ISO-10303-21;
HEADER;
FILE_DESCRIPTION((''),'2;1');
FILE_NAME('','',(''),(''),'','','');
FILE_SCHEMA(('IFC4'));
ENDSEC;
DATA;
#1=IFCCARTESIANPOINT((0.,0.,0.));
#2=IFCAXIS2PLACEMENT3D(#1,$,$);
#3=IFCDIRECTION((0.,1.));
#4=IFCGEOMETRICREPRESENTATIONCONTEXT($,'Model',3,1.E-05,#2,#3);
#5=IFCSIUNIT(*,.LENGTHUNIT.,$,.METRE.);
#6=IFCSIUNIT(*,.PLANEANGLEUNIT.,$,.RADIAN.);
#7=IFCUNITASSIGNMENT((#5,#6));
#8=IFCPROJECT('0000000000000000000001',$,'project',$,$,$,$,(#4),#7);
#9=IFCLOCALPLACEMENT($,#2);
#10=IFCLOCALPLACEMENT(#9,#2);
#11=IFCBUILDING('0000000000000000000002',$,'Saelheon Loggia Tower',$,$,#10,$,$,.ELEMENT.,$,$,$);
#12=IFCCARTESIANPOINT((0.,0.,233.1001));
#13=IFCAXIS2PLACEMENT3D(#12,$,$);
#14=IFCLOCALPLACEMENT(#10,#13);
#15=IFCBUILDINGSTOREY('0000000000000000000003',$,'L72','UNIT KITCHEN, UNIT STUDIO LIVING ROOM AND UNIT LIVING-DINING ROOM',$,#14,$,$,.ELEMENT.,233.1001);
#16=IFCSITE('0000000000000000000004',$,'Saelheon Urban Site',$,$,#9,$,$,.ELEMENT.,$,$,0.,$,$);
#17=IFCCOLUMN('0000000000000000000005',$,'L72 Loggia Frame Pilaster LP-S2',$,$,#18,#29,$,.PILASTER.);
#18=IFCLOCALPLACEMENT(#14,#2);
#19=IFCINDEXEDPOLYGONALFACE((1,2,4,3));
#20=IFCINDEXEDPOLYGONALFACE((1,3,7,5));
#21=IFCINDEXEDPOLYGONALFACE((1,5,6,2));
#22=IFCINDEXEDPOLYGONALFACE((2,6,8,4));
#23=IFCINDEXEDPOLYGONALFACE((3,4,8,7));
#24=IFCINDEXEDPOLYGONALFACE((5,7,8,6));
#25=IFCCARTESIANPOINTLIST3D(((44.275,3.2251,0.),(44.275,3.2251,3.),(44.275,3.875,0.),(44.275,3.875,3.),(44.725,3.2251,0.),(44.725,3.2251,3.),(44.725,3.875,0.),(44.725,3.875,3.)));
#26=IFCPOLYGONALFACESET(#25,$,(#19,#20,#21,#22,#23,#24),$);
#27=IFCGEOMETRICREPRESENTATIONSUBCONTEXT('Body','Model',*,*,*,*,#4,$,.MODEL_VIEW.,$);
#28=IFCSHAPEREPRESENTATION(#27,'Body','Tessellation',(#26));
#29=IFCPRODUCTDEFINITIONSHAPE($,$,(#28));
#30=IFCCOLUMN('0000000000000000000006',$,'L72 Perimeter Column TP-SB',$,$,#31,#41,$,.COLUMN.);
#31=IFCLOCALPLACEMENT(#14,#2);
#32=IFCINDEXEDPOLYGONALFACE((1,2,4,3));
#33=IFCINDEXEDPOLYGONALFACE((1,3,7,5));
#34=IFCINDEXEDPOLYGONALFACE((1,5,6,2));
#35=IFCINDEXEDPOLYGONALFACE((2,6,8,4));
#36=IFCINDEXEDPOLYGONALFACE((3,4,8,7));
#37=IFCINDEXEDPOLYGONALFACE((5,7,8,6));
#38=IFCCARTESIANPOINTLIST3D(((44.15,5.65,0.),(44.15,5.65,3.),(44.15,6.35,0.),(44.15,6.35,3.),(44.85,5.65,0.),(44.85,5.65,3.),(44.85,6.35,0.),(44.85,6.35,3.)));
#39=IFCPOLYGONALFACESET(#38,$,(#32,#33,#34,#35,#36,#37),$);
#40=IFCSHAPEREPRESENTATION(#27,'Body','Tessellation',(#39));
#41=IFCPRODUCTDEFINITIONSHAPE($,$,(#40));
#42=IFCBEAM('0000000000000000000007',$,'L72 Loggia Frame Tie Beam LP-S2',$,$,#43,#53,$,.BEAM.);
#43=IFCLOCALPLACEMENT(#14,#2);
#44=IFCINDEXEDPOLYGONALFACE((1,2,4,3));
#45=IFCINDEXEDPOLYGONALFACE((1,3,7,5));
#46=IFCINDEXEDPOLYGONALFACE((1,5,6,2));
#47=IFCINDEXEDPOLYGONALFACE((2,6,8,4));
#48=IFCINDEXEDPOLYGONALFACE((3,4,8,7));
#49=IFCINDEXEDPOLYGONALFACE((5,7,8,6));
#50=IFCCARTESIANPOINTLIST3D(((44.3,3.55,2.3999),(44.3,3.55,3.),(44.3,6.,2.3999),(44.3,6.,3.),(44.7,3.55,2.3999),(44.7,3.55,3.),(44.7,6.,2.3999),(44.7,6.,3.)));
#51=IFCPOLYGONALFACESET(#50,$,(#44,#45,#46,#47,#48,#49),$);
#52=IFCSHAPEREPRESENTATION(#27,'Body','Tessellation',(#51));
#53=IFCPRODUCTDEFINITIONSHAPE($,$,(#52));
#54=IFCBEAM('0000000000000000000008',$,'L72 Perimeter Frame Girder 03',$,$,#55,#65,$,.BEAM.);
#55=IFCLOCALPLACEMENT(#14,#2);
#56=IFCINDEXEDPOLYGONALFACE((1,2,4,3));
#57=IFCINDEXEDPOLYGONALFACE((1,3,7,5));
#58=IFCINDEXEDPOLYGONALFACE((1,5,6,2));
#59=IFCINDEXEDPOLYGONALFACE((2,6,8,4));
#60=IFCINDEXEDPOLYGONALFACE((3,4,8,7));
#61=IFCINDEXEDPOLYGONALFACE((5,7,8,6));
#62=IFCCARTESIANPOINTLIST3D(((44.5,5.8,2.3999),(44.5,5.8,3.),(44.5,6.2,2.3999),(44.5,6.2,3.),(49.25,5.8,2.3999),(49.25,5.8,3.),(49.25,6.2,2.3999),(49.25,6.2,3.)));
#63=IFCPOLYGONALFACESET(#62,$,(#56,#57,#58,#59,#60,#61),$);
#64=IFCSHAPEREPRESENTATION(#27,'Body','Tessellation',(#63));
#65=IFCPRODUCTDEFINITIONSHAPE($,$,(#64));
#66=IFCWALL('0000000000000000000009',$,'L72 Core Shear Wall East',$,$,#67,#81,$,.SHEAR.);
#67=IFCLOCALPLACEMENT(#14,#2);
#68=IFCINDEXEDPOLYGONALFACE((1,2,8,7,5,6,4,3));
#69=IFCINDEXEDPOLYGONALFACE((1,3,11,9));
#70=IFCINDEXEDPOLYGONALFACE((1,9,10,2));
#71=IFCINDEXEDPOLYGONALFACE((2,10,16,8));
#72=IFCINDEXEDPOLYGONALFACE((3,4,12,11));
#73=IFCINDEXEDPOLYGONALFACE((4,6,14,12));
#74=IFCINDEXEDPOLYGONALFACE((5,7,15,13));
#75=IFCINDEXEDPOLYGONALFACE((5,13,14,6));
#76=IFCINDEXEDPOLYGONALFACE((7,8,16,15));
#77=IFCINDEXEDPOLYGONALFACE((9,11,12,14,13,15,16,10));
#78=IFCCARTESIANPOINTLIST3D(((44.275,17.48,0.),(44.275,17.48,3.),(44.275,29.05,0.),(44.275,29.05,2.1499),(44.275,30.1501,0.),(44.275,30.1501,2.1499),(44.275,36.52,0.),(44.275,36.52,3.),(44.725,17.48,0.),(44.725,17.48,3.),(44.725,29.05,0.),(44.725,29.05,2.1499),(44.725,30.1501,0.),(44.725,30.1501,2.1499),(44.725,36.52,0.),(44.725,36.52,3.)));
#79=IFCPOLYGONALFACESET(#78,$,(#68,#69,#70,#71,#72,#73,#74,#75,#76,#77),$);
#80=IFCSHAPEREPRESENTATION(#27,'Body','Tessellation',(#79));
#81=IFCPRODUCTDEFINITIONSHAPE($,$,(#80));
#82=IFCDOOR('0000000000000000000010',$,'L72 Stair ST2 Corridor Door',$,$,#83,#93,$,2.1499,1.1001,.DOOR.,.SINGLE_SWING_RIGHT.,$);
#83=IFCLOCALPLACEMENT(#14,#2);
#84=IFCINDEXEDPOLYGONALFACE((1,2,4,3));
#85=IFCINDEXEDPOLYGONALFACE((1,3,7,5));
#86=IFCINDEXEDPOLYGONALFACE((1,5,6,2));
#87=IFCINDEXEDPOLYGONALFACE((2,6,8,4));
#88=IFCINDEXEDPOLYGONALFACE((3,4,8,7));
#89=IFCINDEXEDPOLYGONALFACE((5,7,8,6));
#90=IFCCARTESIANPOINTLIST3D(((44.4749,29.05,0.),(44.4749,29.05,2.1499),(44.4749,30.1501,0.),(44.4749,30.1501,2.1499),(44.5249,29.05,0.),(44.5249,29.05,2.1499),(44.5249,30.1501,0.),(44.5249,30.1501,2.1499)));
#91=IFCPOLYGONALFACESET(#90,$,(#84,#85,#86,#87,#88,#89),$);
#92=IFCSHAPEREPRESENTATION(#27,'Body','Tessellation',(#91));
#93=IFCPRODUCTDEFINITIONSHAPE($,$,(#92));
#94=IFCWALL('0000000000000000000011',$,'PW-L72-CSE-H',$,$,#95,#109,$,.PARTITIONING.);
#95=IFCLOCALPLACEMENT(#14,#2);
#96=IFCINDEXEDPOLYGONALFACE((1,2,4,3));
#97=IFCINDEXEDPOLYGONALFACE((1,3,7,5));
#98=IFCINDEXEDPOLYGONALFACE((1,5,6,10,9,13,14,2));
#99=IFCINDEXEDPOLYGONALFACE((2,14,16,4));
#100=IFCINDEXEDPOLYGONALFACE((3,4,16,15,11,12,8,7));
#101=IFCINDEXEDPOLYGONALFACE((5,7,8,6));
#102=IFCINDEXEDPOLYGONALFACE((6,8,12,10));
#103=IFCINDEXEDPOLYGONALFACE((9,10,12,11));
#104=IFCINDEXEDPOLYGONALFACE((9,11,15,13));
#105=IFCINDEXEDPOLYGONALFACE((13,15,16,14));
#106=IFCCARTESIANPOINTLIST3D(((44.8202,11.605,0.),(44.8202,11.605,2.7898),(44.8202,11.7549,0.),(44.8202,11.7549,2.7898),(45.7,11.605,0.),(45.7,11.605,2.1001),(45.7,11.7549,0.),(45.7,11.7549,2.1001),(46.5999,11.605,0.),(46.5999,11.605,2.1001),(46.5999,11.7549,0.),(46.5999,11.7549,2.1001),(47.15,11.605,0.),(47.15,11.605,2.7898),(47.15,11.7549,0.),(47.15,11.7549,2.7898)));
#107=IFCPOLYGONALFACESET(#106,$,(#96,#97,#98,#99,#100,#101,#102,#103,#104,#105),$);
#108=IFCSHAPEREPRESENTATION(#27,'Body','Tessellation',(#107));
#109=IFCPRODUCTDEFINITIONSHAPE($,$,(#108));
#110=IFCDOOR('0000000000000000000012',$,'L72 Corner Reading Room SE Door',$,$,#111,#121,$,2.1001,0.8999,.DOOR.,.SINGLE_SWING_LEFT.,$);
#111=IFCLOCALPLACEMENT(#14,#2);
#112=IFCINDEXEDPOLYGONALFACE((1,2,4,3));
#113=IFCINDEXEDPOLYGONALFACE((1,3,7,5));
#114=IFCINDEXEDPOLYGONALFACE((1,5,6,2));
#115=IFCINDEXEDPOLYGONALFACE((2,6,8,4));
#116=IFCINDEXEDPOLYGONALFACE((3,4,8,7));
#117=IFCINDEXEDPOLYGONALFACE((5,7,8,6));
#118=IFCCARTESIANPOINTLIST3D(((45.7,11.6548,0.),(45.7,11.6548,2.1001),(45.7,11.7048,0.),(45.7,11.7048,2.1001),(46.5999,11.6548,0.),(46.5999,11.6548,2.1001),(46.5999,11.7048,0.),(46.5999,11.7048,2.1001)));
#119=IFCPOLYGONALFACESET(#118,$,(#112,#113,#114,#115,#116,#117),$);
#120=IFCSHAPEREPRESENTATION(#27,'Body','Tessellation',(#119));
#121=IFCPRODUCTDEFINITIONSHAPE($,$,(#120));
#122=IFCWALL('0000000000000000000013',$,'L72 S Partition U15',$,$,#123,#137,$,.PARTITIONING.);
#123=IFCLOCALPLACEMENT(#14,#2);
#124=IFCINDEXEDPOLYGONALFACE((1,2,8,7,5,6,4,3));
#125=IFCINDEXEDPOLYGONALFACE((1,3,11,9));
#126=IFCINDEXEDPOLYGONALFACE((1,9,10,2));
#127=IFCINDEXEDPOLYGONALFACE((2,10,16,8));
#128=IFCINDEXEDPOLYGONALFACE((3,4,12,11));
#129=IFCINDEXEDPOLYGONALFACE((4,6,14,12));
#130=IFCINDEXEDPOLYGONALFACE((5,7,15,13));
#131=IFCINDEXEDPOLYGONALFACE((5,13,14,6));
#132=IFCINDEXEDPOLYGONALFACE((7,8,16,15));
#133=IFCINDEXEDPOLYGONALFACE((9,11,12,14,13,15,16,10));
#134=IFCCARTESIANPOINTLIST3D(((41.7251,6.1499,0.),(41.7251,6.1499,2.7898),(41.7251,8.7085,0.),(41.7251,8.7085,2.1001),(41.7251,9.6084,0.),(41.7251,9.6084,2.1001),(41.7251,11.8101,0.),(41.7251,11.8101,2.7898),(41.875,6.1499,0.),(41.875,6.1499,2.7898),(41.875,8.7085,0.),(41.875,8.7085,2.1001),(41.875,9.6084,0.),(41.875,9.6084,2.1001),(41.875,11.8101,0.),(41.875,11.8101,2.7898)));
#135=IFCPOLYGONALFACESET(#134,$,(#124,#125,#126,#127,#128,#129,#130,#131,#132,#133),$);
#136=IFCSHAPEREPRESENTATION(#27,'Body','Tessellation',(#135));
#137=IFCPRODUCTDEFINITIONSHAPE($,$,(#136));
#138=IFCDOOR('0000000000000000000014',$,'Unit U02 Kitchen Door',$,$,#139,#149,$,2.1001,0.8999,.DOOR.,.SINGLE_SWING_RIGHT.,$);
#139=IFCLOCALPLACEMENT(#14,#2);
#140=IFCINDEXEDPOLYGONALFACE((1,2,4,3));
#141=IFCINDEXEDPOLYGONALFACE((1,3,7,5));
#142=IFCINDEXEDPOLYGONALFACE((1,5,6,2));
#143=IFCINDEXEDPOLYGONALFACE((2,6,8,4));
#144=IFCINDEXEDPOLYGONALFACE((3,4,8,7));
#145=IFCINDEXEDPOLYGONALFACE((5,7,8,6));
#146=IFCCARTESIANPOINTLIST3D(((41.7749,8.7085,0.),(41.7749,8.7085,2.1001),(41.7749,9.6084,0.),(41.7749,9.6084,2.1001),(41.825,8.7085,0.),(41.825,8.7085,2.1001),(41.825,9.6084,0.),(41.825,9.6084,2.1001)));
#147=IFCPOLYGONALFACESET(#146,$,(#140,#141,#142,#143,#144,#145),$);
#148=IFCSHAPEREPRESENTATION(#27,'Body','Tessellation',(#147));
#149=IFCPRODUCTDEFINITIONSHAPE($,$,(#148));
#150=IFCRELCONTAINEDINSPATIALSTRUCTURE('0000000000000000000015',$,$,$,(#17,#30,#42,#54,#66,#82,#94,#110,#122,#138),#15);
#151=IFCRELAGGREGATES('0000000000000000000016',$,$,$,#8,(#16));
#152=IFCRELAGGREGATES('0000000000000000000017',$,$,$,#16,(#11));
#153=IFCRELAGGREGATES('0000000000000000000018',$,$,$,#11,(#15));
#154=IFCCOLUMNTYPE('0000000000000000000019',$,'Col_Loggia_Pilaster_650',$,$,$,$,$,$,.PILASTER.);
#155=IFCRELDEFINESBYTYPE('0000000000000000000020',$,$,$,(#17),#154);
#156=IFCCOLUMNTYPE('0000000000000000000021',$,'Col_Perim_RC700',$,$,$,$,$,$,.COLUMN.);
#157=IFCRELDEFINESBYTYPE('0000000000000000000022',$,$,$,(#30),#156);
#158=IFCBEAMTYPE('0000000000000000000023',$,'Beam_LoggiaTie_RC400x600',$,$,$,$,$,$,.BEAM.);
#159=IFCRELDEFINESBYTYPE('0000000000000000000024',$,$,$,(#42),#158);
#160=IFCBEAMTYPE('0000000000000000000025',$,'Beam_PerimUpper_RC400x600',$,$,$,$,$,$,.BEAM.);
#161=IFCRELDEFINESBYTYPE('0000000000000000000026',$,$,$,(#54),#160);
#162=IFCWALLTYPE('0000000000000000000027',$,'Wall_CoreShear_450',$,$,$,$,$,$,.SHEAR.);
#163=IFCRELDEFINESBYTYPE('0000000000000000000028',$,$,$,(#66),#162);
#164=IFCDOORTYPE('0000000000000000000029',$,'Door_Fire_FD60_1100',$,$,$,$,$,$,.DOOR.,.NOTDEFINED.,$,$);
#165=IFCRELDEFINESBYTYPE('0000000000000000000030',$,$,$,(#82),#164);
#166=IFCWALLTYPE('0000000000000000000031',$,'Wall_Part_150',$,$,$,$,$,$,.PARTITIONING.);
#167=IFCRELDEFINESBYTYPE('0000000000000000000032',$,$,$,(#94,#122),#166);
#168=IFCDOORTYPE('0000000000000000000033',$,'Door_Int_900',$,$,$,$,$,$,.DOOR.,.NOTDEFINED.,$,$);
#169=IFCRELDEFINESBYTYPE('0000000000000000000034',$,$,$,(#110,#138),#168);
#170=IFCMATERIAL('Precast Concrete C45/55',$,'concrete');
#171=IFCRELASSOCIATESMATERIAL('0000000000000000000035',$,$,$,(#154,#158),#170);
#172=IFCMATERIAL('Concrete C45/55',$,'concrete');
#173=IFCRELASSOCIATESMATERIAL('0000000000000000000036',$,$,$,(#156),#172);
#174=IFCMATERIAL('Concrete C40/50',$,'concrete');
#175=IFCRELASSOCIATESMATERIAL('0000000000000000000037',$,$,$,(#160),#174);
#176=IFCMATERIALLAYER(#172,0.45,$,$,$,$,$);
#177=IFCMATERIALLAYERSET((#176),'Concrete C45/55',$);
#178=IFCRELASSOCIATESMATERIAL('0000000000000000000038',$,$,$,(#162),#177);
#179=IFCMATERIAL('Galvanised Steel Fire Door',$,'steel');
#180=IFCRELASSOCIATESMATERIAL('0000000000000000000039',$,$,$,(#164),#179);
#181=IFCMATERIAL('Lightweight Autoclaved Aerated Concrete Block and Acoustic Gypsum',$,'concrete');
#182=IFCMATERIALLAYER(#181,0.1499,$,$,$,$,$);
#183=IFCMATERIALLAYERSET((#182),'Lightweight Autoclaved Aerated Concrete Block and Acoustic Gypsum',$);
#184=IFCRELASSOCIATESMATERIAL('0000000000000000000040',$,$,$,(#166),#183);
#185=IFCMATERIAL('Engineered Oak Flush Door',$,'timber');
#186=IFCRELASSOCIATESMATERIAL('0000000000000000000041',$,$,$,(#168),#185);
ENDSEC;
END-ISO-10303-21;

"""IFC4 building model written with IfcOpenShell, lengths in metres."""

from ifc_helpers import new_model, si_unit, direction, frame, frame_2d, origin, origin_2d, place, context, subcontext, project, spatial, rectangle, extrude, source, transform, mapped, material, layer, layer_set, material_profile, profile_set, type_object, element, fill, save


model = new_model("IFC4")

# Units and contexts
model_context = context("Model", 3, precision=1e-05, world=origin(), true_north=direction((0.0, 1.0)))
body_context = subcontext(model_context, "Body", "Model", "MODEL_VIEW")
ifc_project = project(units=[si_unit("LENGTHUNIT", "METRE"), si_unit("PLANEANGLEUNIT", "RADIAN")], contexts=[model_context])

# Site, building, storey
site_placement = place(None, origin())
site = spatial("IfcSite", under=ifc_project, at=site_placement, Name="Saelheon Urban Site", CompositionType="ELEMENT", RefElevation=0.0)
building_placement = place(site_placement, origin())
building = spatial("IfcBuilding", under=site, at=building_placement, Name="Saelheon Loggia Tower", CompositionType="ELEMENT")
storey_placement = place(building_placement, frame((0.0, 0.0, 233.1001)))
storey = spatial("IfcBuildingStorey", under=building, at=storey_placement, Name="L72", Description="UNIT KITCHEN, UNIT STUDIO LIVING ROOM AND UNIT LIVING-DINING ROOM", CompositionType="ELEMENT", Elevation=233.1001)

# Columns
ifc_material_1 = material(Name="Precast Concrete C45/55", Category="concrete")
ifc_material_profile_1 = material_profile(ifc_material_1, rectangle(XDim=0.45, YDim=0.6499, at=origin_2d()), Name="RC-450x650")
ifc_profile_set_1 = profile_set([ifc_material_profile_1], Name="Precast Concrete C45/55")
column_type_1 = type_object("IfcColumnType", Name="Col_Loggia_Pilaster_650", PredefinedType="PILASTER", material=ifc_profile_set_1)
shared_shape_1 = source(origin(), body_context, "Body", "SweptSolid", [
    extrude(rectangle(XDim=0.45, YDim=0.6499, at=origin_2d()), origin(), (0.0, 0.0, 1.0), 3.0),
])
column_1_placement = place(storey_placement, frame((44.5, 3.55, 0.0), z_axis=(0.0, 0.0, 1.0), x_axis=(1.0, 0.0, 0.0)))
element("IfcColumn", 1, at=column_1_placement, inside=storey, type_object=column_type_1, Name="L72 Loggia Frame Pilaster LP-S2", PredefinedType="PILASTER", context=body_context, shape_type="MappedRepresentation", body=[
    mapped(shared_shape_1, transform((0.0, 0.0, 0.0), scale=1.0)),
])
ifc_material_2 = material(Name="Concrete C45/55", Category="concrete")
ifc_material_profile_2 = material_profile(ifc_material_2, rectangle(XDim=0.7, YDim=0.7, at=origin_2d()), Name="RC-700x700")
ifc_profile_set_2 = profile_set([ifc_material_profile_2], Name="Concrete C45/55")
column_type_2 = type_object("IfcColumnType", Name="Col_Perim_RC700", PredefinedType="COLUMN", material=ifc_profile_set_2)
shared_shape_2 = source(origin(), body_context, "Body", "SweptSolid", [
    extrude(rectangle(XDim=0.7, YDim=0.7, at=origin_2d()), origin(), (0.0, 0.0, 1.0), 3.0),
])
column_2_placement = place(storey_placement, frame((44.5, 6.0, 0.0), z_axis=(0.0, 0.0, 1.0), x_axis=(1.0, 0.0, 0.0)))
element("IfcColumn", 2, at=column_2_placement, inside=storey, type_object=column_type_2, Name="L72 Perimeter Column TP-SB", PredefinedType="COLUMN", context=body_context, shape_type="MappedRepresentation", body=[
    mapped(shared_shape_2, transform((0.0, 0.0, 0.0), scale=1.0)),
])

# Beams
ifc_material_profile_3 = material_profile(ifc_material_1, rectangle(XDim=0.3999, YDim=0.6001, at=origin_2d()), Name="RC-400x600")
ifc_profile_set_3 = profile_set([ifc_material_profile_3], Name="Precast Concrete C45/55")
beam_type_1 = type_object("IfcBeamType", Name="Beam_LoggiaTie_RC400x600", PredefinedType="BEAM", material=ifc_profile_set_3)
shared_shape_3 = source(origin(), body_context, "Body", "SweptSolid", [
    extrude(rectangle(XDim=0.3999, YDim=0.6001, at=origin_2d()), origin(), (0.0, 0.0, 1.0), 2.45),
])
beam_1_placement = place(storey_placement, frame((44.5, 6.0, 2.7), z_axis=(0.0, -1.0, 0.0), x_axis=(1.0, 0.0, 0.0)))
element("IfcBeam", 3, at=beam_1_placement, inside=storey, type_object=beam_type_1, Name="L72 Loggia Frame Tie Beam LP-S2", PredefinedType="BEAM", context=body_context, shape_type="MappedRepresentation", body=[
    mapped(shared_shape_3, transform((0.0, 0.0, 0.0), scale=1.0)),
])
ifc_material_3 = material(Name="Concrete C40/50", Category="concrete")
ifc_material_profile_4 = material_profile(ifc_material_3, rectangle(XDim=0.3999, YDim=0.6001, at=origin_2d()), Name="RC-400x600")
ifc_profile_set_4 = profile_set([ifc_material_profile_4], Name="Concrete C40/50")
beam_type_2 = type_object("IfcBeamType", Name="Beam_PerimUpper_RC400x600", PredefinedType="BEAM", material=ifc_profile_set_4)
shared_shape_4 = source(origin(), body_context, "Body", "SweptSolid", [
    extrude(rectangle(XDim=0.3999, YDim=0.6001, at=origin_2d()), origin(), (0.0, 0.0, 1.0), 4.75),
])
beam_2_placement = place(storey_placement, frame((44.5, 6.0, 2.7), z_axis=(1.0, 0.0, 0.0), x_axis=(0.0, 1.0, 0.0)))
element("IfcBeam", 4, at=beam_2_placement, inside=storey, type_object=beam_type_2, Name="L72 Perimeter Frame Girder 03", PredefinedType="BEAM", context=body_context, shape_type="MappedRepresentation", body=[
    mapped(shared_shape_4, transform((0.0, 0.0, 0.0), scale=1.0)),
])

# Walls, openings, doors
ifc_layer_1 = layer(ifc_material_2, 0.45)
ifc_layer_set_1 = layer_set([ifc_layer_1], Name="Concrete C45/55")
wall_type_1 = type_object("IfcWallType", Name="Wall_CoreShear_450", PredefinedType="SHEAR", material=ifc_layer_set_1)
wall_1_placement = place(storey_placement, frame((44.5, 17.48, 0.0), z_axis=(0.0, 0.0, 1.0), x_axis=(0.0, 1.0, 0.0)))
wall_1 = element("IfcWall", 5, at=wall_1_placement, inside=storey, type_object=wall_type_1, Name="L72 Core Shear Wall East", PredefinedType="SHEAR", context=body_context, shape_type="SweptSolid", body=[
    extrude(rectangle(XDim=19.04, YDim=0.45, at=frame_2d((9.52, 0.0))), origin(), (0.0, 0.0, 1.0), 3.0),
])
opening_1_placement = place(wall_1_placement, frame((12.6702, 0.0, 0.0), z_axis=(0.0, 0.0, 1.0), x_axis=(-1.0, 0.0, 0.0)))
opening_1 = element("IfcOpeningElement", 6, at=opening_1_placement, cuts=wall_1, PredefinedType="OPENING", context=body_context, shape_type="SweptSolid", body=[
    extrude(rectangle(XDim=1.1001, YDim=2.1499, at=frame_2d((0.55, 1.075))), frame((0.0, 0.2371, 0.0), z_axis=(0.0, -1.0, 0.0), x_axis=(1.0, 0.0, 0.0)), (0.0, 0.0, 1.0), 0.4739),
])
ifc_material_4 = material(Name="Galvanised Steel Fire Door", Category="steel")
door_type_1 = type_object("IfcDoorType", Name="Door_Fire_FD60_1100", OperationType="NOTDEFINED", PredefinedType="DOOR", material=ifc_material_4)
shared_shape_5 = source(origin(), body_context, "Body", "SweptSolid", [
    extrude(rectangle(XDim=1.1001, YDim=2.1499, at=frame_2d((0.55, 1.075))), frame((0.0, 0.0249, 0.0), z_axis=(0.0, -1.0, 0.0), x_axis=(1.0, 0.0, 0.0)), (0.0, 0.0, 1.0), 0.05),
])
door_1_placement = place(opening_1_placement, origin())
door_1 = element("IfcDoor", 7, at=door_1_placement, inside=storey, type_object=door_type_1, Name="L72 Stair ST2 Corridor Door", OperationType="SINGLE_SWING_RIGHT", OverallHeight=2.1499, OverallWidth=1.1001, PredefinedType="DOOR", context=body_context, shape_type="MappedRepresentation", body=[
    mapped(shared_shape_5, transform((0.0, 0.0, 0.0), scale=1.0)),
])
fill(opening_1, door_1)
ifc_material_5 = material(Name="Lightweight Autoclaved Aerated Concrete Block and Acoustic Gypsum", Category="concrete")
ifc_layer_2 = layer(ifc_material_5, 0.1499)
ifc_layer_set_2 = layer_set([ifc_layer_2], Name="Lightweight Autoclaved Aerated Concrete Block and Acoustic Gypsum")
wall_type_2 = type_object("IfcWallType", Name="Wall_Part_150", PredefinedType="PARTITIONING", material=ifc_layer_set_2)
wall_2_placement = place(storey_placement, frame((44.8201, 11.6799, 0.0), z_axis=(0.0, 0.0, 1.0), x_axis=(1.0, 0.0, 0.0)))
wall_2 = element("IfcWall", 8, at=wall_2_placement, inside=storey, type_object=wall_type_2, Name="PW-L72-CSE-H", PredefinedType="PARTITIONING", context=body_context, shape_type="SweptSolid", body=[
    extrude(rectangle(XDim=2.3298, YDim=0.1499, at=frame_2d((1.165, 0.0))), origin(), (0.0, 0.0, 1.0), 2.7898),
])
opening_2_placement = place(wall_2_placement, frame((0.8799, 0.0, 0.0)))
opening_2 = element("IfcOpeningElement", 9, at=opening_2_placement, cuts=wall_2, PredefinedType="OPENING", context=body_context, shape_type="SweptSolid", body=[
    extrude(rectangle(XDim=0.8999, YDim=2.1001, at=frame_2d((0.45, 1.05))), frame((0.0, 0.0869, 0.0), z_axis=(0.0, -1.0, 0.0), x_axis=(1.0, 0.0, 0.0)), (0.0, 0.0, 1.0), 0.1738),
])
ifc_material_6 = material(Name="Engineered Oak Flush Door", Category="timber")
door_type_2 = type_object("IfcDoorType", Name="Door_Int_900", OperationType="NOTDEFINED", PredefinedType="DOOR", material=ifc_material_6)
shared_shape_6 = source(origin(), body_context, "Body", "SweptSolid", [
    extrude(rectangle(XDim=0.8999, YDim=2.1001, at=frame_2d((0.45, 1.05))), frame((0.0, 0.0249, 0.0), z_axis=(0.0, -1.0, 0.0), x_axis=(1.0, 0.0, 0.0)), (0.0, 0.0, 1.0), 0.05),
])
door_2_placement = place(opening_2_placement, origin())
door_2 = element("IfcDoor", 10, at=door_2_placement, inside=storey, type_object=door_type_2, Name="L72 Corner Reading Room SE Door", OperationType="SINGLE_SWING_LEFT", OverallHeight=2.1001, OverallWidth=0.8999, PredefinedType="DOOR", context=body_context, shape_type="MappedRepresentation", body=[
    mapped(shared_shape_6, transform((0.0, 0.0, 0.0), scale=1.0)),
])
fill(opening_2, door_2)
wall_3_placement = place(storey_placement, frame((41.8, 11.8101, 0.0), z_axis=(0.0, 0.0, 1.0), x_axis=(0.0, -1.0, 0.0)))
wall_3 = element("IfcWall", 11, at=wall_3_placement, inside=storey, type_object=wall_type_2, Name="L72 S Partition U15", PredefinedType="PARTITIONING", context=body_context, shape_type="SweptSolid", body=[
    extrude(rectangle(XDim=5.6602, YDim=0.1499, at=frame_2d((2.8301, 0.0))), origin(), (0.0, 0.0, 1.0), 2.7898),
])
opening_3_placement = place(wall_3_placement, frame((2.2017, 0.0, 0.0)))
opening_3 = element("IfcOpeningElement", 12, at=opening_3_placement, cuts=wall_3, PredefinedType="OPENING", context=body_context, shape_type="SweptSolid", body=[
    extrude(rectangle(XDim=0.8999, YDim=2.1001, at=frame_2d((0.45, 1.05))), frame((0.0, 0.0869, 0.0), z_axis=(0.0, -1.0, 0.0), x_axis=(1.0, 0.0, 0.0)), (0.0, 0.0, 1.0), 0.1738),
])
door_3_placement = place(opening_3_placement, origin())
door_3 = element("IfcDoor", 13, at=door_3_placement, inside=storey, type_object=door_type_2, Name="Unit U02 Kitchen Door", OperationType="SINGLE_SWING_RIGHT", OverallHeight=2.1001, OverallWidth=0.8999, PredefinedType="DOOR", context=body_context, shape_type="MappedRepresentation", body=[
    mapped(shared_shape_6, transform((0.0, 0.0, 0.0), scale=1.0)),
])
fill(opening_3, door_3)

save(model, "model.ifc")
